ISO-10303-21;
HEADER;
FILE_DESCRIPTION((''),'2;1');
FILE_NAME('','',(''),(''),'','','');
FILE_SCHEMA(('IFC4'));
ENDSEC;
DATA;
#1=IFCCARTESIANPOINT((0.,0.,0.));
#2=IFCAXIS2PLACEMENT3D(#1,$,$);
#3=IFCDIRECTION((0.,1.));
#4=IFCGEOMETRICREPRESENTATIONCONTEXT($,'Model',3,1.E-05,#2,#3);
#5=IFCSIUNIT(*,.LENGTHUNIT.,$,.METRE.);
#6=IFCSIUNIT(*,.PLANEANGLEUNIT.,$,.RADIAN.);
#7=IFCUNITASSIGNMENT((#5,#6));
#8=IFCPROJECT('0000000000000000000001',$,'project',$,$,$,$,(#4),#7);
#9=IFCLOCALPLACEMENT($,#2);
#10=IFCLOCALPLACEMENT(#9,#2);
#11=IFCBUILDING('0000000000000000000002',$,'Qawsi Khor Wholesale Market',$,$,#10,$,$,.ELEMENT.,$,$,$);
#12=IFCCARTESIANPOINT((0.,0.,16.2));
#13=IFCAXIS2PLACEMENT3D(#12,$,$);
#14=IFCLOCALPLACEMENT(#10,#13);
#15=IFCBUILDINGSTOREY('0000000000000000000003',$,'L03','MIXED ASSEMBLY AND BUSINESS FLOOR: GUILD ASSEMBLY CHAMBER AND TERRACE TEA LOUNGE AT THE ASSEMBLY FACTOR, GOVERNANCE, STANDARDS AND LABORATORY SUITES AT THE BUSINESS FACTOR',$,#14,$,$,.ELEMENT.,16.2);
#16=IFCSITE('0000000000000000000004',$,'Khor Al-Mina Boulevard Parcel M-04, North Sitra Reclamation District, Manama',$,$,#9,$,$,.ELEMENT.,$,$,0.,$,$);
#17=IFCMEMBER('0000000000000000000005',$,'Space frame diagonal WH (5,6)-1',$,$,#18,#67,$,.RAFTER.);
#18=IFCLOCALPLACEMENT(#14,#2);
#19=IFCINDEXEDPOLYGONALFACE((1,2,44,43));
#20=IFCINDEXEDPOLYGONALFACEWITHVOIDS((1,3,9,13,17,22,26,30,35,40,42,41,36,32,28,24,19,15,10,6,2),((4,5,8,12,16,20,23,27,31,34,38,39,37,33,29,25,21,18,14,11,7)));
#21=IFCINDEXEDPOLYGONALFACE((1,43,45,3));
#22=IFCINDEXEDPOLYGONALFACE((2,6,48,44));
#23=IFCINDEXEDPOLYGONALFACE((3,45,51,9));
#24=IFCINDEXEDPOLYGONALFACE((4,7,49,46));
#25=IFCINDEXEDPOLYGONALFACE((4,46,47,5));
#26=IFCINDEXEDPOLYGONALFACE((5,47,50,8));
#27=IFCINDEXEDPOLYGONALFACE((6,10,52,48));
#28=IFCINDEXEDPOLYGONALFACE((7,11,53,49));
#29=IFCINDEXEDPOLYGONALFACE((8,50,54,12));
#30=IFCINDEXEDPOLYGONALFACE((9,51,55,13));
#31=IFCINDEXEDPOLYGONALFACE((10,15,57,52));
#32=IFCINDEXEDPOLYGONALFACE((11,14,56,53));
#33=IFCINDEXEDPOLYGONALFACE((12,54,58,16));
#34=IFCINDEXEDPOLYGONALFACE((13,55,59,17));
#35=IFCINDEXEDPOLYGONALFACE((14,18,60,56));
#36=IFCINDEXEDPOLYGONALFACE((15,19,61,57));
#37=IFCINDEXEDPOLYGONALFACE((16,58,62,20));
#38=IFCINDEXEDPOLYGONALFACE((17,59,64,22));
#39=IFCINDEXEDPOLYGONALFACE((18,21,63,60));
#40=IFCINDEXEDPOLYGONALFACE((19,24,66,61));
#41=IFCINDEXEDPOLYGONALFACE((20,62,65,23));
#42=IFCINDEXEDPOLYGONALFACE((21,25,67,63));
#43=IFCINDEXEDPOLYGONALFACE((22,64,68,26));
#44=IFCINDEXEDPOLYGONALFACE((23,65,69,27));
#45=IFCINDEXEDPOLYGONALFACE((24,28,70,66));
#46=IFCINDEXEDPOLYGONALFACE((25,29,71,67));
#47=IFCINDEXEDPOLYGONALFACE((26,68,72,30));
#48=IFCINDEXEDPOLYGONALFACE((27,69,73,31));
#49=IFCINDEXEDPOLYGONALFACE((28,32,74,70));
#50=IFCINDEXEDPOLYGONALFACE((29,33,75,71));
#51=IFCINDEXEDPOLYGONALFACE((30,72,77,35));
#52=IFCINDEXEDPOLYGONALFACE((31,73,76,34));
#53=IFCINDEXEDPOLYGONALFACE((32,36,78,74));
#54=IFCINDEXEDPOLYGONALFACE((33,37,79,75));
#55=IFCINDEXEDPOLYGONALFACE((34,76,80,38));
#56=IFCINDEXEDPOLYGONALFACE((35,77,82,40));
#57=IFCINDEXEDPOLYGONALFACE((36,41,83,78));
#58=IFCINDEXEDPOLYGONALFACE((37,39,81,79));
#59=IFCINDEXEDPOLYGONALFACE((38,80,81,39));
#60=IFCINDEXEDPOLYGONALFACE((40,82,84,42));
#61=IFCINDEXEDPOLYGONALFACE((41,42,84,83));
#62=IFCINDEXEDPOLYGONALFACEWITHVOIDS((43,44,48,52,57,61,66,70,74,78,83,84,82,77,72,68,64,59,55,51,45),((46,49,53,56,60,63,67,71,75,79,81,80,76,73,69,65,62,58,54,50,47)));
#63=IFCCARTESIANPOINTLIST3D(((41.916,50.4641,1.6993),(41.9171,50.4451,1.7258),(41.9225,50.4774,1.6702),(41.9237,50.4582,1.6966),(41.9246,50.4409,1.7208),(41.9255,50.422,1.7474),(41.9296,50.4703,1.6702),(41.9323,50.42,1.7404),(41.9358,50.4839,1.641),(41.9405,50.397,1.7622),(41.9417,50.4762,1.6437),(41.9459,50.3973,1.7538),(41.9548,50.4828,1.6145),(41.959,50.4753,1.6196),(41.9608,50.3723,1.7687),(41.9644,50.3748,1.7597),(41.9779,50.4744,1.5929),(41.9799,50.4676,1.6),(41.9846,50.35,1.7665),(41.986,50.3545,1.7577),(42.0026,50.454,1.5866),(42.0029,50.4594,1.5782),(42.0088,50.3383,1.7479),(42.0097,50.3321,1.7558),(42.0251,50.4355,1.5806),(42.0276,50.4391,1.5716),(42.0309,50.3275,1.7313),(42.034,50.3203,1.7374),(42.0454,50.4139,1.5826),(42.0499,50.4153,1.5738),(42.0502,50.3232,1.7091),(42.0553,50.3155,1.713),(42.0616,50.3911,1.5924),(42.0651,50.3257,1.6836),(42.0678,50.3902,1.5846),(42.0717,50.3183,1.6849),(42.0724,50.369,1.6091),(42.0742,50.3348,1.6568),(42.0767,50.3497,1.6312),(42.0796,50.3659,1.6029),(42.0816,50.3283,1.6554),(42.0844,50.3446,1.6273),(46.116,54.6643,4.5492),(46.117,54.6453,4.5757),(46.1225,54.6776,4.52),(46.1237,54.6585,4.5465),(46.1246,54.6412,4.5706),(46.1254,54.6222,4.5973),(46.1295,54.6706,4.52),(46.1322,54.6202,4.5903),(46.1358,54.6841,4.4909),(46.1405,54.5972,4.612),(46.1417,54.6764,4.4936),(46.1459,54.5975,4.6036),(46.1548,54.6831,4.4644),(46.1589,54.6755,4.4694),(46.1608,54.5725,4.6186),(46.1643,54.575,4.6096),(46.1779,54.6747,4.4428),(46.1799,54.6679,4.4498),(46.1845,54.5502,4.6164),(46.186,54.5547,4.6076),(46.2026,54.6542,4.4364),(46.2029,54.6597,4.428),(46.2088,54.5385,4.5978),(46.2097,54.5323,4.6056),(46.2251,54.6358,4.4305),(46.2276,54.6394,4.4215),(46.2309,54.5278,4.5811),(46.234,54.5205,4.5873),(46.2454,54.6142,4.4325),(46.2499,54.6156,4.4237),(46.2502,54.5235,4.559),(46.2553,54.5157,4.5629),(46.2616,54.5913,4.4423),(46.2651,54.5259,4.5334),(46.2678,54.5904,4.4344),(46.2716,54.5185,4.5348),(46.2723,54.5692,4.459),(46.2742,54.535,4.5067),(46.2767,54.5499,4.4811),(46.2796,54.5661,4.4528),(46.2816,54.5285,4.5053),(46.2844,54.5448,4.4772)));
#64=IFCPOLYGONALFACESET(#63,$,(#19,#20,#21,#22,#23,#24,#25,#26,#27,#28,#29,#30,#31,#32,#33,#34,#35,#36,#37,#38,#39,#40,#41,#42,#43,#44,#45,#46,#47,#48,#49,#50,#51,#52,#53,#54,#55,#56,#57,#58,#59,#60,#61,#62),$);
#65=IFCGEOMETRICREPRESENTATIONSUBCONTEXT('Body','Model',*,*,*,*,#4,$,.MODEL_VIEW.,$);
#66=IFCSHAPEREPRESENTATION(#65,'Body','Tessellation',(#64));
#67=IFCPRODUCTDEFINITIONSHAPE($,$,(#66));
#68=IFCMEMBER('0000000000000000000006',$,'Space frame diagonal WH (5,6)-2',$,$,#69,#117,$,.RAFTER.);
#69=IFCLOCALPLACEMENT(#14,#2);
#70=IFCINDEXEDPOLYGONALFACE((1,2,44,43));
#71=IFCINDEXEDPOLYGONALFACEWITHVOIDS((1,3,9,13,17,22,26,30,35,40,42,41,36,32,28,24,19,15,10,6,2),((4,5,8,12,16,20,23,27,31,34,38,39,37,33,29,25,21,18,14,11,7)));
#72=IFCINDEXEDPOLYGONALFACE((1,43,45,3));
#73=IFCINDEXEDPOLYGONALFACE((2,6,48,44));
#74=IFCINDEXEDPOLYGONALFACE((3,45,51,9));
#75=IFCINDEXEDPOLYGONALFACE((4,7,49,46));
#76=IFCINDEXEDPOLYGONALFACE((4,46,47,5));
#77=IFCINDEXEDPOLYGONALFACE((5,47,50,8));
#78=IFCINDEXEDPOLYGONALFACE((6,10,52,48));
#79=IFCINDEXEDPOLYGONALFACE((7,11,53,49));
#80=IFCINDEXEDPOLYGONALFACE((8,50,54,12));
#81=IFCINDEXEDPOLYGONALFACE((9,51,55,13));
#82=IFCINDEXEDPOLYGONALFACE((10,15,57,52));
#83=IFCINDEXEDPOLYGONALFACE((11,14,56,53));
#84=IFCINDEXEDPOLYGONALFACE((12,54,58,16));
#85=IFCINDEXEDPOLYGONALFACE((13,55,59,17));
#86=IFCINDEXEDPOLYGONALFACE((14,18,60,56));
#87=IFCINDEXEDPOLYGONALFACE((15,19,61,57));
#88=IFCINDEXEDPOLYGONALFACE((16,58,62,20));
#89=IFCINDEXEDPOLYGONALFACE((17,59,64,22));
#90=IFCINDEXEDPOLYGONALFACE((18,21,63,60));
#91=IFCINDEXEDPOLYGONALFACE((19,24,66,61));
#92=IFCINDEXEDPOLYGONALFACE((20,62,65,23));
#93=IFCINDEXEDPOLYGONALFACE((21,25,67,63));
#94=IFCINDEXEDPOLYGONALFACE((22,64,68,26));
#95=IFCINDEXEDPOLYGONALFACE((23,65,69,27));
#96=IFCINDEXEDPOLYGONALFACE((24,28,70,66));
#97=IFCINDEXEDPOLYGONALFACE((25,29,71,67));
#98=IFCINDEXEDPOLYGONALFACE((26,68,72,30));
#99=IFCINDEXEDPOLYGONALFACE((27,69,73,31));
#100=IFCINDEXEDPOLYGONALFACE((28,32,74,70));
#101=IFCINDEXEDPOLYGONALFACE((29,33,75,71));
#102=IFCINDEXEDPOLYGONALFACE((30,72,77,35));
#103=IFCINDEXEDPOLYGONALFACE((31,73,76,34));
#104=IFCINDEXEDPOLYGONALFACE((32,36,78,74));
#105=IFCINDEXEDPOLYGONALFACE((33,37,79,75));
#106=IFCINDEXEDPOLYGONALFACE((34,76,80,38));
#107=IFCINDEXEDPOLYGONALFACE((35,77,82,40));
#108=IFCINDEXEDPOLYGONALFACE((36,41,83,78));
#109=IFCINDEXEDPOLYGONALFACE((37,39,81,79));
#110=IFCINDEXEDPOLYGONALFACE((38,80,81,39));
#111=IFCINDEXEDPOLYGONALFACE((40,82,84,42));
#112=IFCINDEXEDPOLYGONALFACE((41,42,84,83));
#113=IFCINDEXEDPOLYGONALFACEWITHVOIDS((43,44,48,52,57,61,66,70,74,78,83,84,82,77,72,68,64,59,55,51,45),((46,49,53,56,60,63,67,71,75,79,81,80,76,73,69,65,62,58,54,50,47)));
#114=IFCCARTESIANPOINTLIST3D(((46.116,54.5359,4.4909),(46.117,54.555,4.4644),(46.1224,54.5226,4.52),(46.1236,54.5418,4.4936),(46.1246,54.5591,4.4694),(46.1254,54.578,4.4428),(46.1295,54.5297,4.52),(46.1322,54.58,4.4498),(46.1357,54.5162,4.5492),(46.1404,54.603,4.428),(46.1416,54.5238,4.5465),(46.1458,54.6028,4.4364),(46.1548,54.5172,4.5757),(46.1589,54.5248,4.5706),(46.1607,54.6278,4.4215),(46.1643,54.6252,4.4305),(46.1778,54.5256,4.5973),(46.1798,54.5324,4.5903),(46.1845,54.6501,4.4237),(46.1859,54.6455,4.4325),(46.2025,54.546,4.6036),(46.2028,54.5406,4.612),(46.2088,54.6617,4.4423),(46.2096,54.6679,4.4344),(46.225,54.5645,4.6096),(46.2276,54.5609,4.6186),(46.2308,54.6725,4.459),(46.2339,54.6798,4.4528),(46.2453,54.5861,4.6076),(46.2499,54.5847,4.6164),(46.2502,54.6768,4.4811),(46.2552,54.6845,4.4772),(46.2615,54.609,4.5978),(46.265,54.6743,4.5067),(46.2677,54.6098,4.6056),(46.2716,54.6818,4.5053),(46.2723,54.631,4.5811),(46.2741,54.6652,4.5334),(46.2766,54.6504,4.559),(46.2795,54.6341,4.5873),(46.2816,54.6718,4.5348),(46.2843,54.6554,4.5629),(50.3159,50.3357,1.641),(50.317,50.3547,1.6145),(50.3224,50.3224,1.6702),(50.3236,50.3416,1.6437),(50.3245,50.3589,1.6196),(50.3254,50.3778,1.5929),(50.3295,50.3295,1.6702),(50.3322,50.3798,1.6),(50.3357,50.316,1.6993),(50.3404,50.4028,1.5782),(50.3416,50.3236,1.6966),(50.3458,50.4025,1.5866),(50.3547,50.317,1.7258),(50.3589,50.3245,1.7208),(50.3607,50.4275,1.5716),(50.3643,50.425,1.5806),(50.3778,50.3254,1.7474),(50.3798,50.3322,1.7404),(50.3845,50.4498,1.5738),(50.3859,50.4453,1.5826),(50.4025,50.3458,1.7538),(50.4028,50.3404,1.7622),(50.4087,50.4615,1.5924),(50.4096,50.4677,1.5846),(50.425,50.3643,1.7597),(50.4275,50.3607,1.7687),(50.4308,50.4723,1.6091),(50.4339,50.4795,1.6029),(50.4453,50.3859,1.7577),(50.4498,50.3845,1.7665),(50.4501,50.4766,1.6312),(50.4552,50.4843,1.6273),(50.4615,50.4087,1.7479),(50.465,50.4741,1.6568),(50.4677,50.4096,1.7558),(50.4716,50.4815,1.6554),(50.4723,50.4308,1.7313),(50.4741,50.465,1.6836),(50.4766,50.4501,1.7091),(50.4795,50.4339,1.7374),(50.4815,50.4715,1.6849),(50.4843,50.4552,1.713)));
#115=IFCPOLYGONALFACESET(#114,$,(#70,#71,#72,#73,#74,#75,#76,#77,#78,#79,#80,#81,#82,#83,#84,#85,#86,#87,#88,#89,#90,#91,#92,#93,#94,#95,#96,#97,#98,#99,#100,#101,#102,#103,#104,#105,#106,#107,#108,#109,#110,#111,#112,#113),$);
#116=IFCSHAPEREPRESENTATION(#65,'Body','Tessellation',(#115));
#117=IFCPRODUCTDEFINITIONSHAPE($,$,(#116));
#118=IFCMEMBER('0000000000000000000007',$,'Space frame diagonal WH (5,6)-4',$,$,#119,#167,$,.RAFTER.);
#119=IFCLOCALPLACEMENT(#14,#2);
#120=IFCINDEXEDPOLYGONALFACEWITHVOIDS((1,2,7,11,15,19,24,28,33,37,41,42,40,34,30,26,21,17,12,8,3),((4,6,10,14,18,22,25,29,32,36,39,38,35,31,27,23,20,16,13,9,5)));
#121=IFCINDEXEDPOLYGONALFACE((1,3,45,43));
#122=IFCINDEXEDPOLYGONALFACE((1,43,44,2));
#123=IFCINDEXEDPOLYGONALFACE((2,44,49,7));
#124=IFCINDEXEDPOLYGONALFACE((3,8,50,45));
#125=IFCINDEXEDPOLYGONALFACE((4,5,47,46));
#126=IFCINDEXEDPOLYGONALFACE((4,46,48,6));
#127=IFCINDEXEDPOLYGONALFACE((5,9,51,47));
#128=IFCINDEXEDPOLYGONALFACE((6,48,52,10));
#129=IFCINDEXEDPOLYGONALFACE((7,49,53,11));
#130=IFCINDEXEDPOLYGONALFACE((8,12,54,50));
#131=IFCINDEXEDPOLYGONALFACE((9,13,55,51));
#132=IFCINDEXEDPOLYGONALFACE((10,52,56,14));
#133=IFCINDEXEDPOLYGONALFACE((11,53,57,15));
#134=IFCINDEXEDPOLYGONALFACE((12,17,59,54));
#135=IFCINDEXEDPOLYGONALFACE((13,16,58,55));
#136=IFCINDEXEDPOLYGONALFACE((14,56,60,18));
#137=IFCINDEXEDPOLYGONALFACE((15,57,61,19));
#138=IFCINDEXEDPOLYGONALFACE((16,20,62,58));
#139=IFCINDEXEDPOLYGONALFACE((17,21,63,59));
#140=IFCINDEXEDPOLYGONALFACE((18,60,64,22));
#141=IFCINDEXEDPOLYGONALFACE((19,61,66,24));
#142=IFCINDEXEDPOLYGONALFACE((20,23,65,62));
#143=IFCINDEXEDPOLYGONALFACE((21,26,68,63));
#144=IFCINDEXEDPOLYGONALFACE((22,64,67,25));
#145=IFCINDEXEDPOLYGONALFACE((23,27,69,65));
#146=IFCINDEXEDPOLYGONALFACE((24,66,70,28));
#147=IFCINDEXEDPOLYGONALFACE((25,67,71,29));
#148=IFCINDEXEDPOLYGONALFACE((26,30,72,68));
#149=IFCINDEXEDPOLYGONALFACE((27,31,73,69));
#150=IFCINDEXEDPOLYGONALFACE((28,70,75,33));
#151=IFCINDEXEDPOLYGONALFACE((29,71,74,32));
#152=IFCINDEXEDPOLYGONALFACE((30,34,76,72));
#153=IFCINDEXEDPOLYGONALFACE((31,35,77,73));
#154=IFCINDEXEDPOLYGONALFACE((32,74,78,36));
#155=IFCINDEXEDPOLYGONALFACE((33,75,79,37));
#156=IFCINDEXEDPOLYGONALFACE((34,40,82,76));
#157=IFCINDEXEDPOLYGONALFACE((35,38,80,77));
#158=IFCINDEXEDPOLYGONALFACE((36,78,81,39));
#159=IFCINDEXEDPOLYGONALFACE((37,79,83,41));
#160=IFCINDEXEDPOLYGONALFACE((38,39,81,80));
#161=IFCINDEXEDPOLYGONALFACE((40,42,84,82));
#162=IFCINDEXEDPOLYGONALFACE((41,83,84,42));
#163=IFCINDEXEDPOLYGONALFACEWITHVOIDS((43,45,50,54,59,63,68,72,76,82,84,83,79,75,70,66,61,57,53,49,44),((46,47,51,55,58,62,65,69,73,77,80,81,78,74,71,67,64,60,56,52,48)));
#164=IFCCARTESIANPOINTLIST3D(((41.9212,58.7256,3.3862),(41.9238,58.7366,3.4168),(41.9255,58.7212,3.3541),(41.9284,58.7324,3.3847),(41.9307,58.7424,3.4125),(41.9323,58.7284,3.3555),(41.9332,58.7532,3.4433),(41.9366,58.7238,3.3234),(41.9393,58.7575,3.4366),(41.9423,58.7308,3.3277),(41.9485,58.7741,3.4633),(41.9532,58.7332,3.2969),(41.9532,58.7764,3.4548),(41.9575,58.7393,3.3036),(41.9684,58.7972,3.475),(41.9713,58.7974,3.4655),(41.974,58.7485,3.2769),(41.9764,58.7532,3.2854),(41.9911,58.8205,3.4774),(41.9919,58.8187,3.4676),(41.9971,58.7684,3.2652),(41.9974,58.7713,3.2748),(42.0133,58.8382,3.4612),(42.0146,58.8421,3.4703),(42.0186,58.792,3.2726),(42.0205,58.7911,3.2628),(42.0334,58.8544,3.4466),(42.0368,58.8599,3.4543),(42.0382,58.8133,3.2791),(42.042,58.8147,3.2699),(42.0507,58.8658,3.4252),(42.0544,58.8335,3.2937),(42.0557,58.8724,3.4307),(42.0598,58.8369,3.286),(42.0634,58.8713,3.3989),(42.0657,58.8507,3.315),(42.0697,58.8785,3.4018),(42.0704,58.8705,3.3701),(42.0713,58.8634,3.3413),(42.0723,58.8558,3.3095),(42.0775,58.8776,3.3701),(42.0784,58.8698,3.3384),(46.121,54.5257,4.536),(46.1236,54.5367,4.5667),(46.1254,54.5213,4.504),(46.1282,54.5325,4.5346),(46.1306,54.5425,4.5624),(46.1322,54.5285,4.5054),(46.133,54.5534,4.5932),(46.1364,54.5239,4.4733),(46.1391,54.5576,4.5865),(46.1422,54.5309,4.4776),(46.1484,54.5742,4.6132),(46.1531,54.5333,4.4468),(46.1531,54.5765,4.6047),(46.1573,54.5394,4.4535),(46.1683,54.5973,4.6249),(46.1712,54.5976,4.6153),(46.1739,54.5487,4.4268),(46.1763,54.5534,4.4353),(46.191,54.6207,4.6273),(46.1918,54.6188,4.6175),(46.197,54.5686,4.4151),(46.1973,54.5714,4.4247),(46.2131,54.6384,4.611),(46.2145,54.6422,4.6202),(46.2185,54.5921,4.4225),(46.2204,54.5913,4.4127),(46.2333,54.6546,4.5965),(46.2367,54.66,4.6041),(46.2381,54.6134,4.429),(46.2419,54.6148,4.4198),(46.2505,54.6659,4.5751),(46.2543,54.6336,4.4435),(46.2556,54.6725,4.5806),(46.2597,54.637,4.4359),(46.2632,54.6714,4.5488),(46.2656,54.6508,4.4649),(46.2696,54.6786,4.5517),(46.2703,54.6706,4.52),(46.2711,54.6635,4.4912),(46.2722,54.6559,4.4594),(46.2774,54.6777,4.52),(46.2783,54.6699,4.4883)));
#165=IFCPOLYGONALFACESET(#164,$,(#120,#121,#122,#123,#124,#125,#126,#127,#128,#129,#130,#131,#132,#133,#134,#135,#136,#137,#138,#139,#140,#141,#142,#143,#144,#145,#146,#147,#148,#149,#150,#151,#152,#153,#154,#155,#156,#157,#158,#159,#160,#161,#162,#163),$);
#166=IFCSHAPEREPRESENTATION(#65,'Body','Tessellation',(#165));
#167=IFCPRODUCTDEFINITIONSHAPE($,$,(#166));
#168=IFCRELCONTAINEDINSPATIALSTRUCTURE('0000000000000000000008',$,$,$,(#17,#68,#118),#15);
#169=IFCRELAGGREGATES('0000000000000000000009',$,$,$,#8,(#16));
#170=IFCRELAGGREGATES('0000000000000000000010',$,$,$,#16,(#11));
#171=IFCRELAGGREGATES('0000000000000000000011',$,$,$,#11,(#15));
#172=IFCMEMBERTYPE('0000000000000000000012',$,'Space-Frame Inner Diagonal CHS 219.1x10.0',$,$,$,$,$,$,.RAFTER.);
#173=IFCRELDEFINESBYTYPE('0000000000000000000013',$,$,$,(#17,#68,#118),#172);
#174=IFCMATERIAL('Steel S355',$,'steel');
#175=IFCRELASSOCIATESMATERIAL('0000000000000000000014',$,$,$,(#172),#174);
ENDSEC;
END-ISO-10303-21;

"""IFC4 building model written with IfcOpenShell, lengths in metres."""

from ifc_helpers import new_model, si_unit, direction, frame, origin, origin_2d, place, context, subcontext, project, spatial, hollow_circle, extrude, material, material_profile, profile_set, type_object, element, save


model = new_model("IFC4")

# Units and contexts
model_context = context("Model", 3, precision=1e-05, world=origin(), true_north=direction((0.0, 1.0)))
body_context = subcontext(model_context, "Body", "Model", "MODEL_VIEW")
ifc_project = project(units=[si_unit("LENGTHUNIT", "METRE"), si_unit("PLANEANGLEUNIT", "RADIAN")], contexts=[model_context])

# Site, building, storey
site_placement = place(None, origin())
site = spatial("IfcSite", under=ifc_project, at=site_placement, Name="Khor Al-Mina Boulevard Parcel M-04, North Sitra Reclamation District, Manama", CompositionType="ELEMENT", RefElevation=0.0)
building_placement = place(site_placement, origin())
building = spatial("IfcBuilding", under=site, at=building_placement, Name="Qawsi Khor Wholesale Market", CompositionType="ELEMENT")
storey_placement = place(building_placement, frame((0.0, 0.0, 16.2)))
storey = spatial("IfcBuildingStorey", under=building, at=storey_placement, Name="L03", Description="MIXED ASSEMBLY AND BUSINESS FLOOR: GUILD ASSEMBLY CHAMBER AND TERRACE TEA LOUNGE AT THE ASSEMBLY FACTOR, GOVERNANCE, STANDARDS AND LABORATORY SUITES AT THE BUSINESS FACTOR", CompositionType="ELEMENT", Elevation=16.2)

# Members
ifc_material_1 = material(Name="Steel S355", Category="steel")
ifc_material_profile_1 = material_profile(ifc_material_1, hollow_circle(Radius=0.1096, WallThickness=0.01, at=origin_2d()), Name="CHS 219.1x10.0")
ifc_profile_set_1 = profile_set([ifc_material_profile_1], Name="Steel S355")
member_type_1 = type_object("IfcMemberType", Name="Space-Frame Inner Diagonal CHS 219.1x10.0", PredefinedType="RAFTER", material=ifc_profile_set_1)
for number, where, z_axis, x_axis, name in (
    (1, (42.0, 50.3999, 1.6702), (0.637507, 0.637544, 0.432577), (-0.707127, 0.707086, 0.0), "Space frame diagonal WH (5,6)-1"),
    (2, (50.3999, 50.3999, 1.6702), (-0.637507, 0.637544, 0.432577), (-0.707127, -0.707086, 0.0), "Space frame diagonal WH (5,6)-2"),
):
    element("IfcMember", number, at=place(storey_placement, frame(where, z_axis=z_axis, x_axis=x_axis)), inside=storey, type_object=member_type_1, Name=name, PredefinedType="RAFTER", context=body_context, shape_type="SweptSolid", body=[
        extrude(hollow_circle(Radius=0.1096, WallThickness=0.01, at=origin_2d()), origin(), (0.0, 0.0, 1.0), 6.5881),
    ])
member_1_placement = place(storey_placement, frame((42.0, 58.8, 3.3701), z_axis=(0.694217, -0.694217, 0.190069), x_axis=(0.707107, 0.707107, 0.0)))
element("IfcMember", 3, at=member_1_placement, inside=storey, type_object=member_type_1, Name="Space frame diagonal WH (5,6)-4", PredefinedType="RAFTER", context=body_context, shape_type="SweptSolid", body=[
    extrude(hollow_circle(Radius=0.1096, WallThickness=0.01, at=origin_2d()), origin(), (0.0, 0.0, 1.0), 6.0498),
])

save(model, "model.ifc")
